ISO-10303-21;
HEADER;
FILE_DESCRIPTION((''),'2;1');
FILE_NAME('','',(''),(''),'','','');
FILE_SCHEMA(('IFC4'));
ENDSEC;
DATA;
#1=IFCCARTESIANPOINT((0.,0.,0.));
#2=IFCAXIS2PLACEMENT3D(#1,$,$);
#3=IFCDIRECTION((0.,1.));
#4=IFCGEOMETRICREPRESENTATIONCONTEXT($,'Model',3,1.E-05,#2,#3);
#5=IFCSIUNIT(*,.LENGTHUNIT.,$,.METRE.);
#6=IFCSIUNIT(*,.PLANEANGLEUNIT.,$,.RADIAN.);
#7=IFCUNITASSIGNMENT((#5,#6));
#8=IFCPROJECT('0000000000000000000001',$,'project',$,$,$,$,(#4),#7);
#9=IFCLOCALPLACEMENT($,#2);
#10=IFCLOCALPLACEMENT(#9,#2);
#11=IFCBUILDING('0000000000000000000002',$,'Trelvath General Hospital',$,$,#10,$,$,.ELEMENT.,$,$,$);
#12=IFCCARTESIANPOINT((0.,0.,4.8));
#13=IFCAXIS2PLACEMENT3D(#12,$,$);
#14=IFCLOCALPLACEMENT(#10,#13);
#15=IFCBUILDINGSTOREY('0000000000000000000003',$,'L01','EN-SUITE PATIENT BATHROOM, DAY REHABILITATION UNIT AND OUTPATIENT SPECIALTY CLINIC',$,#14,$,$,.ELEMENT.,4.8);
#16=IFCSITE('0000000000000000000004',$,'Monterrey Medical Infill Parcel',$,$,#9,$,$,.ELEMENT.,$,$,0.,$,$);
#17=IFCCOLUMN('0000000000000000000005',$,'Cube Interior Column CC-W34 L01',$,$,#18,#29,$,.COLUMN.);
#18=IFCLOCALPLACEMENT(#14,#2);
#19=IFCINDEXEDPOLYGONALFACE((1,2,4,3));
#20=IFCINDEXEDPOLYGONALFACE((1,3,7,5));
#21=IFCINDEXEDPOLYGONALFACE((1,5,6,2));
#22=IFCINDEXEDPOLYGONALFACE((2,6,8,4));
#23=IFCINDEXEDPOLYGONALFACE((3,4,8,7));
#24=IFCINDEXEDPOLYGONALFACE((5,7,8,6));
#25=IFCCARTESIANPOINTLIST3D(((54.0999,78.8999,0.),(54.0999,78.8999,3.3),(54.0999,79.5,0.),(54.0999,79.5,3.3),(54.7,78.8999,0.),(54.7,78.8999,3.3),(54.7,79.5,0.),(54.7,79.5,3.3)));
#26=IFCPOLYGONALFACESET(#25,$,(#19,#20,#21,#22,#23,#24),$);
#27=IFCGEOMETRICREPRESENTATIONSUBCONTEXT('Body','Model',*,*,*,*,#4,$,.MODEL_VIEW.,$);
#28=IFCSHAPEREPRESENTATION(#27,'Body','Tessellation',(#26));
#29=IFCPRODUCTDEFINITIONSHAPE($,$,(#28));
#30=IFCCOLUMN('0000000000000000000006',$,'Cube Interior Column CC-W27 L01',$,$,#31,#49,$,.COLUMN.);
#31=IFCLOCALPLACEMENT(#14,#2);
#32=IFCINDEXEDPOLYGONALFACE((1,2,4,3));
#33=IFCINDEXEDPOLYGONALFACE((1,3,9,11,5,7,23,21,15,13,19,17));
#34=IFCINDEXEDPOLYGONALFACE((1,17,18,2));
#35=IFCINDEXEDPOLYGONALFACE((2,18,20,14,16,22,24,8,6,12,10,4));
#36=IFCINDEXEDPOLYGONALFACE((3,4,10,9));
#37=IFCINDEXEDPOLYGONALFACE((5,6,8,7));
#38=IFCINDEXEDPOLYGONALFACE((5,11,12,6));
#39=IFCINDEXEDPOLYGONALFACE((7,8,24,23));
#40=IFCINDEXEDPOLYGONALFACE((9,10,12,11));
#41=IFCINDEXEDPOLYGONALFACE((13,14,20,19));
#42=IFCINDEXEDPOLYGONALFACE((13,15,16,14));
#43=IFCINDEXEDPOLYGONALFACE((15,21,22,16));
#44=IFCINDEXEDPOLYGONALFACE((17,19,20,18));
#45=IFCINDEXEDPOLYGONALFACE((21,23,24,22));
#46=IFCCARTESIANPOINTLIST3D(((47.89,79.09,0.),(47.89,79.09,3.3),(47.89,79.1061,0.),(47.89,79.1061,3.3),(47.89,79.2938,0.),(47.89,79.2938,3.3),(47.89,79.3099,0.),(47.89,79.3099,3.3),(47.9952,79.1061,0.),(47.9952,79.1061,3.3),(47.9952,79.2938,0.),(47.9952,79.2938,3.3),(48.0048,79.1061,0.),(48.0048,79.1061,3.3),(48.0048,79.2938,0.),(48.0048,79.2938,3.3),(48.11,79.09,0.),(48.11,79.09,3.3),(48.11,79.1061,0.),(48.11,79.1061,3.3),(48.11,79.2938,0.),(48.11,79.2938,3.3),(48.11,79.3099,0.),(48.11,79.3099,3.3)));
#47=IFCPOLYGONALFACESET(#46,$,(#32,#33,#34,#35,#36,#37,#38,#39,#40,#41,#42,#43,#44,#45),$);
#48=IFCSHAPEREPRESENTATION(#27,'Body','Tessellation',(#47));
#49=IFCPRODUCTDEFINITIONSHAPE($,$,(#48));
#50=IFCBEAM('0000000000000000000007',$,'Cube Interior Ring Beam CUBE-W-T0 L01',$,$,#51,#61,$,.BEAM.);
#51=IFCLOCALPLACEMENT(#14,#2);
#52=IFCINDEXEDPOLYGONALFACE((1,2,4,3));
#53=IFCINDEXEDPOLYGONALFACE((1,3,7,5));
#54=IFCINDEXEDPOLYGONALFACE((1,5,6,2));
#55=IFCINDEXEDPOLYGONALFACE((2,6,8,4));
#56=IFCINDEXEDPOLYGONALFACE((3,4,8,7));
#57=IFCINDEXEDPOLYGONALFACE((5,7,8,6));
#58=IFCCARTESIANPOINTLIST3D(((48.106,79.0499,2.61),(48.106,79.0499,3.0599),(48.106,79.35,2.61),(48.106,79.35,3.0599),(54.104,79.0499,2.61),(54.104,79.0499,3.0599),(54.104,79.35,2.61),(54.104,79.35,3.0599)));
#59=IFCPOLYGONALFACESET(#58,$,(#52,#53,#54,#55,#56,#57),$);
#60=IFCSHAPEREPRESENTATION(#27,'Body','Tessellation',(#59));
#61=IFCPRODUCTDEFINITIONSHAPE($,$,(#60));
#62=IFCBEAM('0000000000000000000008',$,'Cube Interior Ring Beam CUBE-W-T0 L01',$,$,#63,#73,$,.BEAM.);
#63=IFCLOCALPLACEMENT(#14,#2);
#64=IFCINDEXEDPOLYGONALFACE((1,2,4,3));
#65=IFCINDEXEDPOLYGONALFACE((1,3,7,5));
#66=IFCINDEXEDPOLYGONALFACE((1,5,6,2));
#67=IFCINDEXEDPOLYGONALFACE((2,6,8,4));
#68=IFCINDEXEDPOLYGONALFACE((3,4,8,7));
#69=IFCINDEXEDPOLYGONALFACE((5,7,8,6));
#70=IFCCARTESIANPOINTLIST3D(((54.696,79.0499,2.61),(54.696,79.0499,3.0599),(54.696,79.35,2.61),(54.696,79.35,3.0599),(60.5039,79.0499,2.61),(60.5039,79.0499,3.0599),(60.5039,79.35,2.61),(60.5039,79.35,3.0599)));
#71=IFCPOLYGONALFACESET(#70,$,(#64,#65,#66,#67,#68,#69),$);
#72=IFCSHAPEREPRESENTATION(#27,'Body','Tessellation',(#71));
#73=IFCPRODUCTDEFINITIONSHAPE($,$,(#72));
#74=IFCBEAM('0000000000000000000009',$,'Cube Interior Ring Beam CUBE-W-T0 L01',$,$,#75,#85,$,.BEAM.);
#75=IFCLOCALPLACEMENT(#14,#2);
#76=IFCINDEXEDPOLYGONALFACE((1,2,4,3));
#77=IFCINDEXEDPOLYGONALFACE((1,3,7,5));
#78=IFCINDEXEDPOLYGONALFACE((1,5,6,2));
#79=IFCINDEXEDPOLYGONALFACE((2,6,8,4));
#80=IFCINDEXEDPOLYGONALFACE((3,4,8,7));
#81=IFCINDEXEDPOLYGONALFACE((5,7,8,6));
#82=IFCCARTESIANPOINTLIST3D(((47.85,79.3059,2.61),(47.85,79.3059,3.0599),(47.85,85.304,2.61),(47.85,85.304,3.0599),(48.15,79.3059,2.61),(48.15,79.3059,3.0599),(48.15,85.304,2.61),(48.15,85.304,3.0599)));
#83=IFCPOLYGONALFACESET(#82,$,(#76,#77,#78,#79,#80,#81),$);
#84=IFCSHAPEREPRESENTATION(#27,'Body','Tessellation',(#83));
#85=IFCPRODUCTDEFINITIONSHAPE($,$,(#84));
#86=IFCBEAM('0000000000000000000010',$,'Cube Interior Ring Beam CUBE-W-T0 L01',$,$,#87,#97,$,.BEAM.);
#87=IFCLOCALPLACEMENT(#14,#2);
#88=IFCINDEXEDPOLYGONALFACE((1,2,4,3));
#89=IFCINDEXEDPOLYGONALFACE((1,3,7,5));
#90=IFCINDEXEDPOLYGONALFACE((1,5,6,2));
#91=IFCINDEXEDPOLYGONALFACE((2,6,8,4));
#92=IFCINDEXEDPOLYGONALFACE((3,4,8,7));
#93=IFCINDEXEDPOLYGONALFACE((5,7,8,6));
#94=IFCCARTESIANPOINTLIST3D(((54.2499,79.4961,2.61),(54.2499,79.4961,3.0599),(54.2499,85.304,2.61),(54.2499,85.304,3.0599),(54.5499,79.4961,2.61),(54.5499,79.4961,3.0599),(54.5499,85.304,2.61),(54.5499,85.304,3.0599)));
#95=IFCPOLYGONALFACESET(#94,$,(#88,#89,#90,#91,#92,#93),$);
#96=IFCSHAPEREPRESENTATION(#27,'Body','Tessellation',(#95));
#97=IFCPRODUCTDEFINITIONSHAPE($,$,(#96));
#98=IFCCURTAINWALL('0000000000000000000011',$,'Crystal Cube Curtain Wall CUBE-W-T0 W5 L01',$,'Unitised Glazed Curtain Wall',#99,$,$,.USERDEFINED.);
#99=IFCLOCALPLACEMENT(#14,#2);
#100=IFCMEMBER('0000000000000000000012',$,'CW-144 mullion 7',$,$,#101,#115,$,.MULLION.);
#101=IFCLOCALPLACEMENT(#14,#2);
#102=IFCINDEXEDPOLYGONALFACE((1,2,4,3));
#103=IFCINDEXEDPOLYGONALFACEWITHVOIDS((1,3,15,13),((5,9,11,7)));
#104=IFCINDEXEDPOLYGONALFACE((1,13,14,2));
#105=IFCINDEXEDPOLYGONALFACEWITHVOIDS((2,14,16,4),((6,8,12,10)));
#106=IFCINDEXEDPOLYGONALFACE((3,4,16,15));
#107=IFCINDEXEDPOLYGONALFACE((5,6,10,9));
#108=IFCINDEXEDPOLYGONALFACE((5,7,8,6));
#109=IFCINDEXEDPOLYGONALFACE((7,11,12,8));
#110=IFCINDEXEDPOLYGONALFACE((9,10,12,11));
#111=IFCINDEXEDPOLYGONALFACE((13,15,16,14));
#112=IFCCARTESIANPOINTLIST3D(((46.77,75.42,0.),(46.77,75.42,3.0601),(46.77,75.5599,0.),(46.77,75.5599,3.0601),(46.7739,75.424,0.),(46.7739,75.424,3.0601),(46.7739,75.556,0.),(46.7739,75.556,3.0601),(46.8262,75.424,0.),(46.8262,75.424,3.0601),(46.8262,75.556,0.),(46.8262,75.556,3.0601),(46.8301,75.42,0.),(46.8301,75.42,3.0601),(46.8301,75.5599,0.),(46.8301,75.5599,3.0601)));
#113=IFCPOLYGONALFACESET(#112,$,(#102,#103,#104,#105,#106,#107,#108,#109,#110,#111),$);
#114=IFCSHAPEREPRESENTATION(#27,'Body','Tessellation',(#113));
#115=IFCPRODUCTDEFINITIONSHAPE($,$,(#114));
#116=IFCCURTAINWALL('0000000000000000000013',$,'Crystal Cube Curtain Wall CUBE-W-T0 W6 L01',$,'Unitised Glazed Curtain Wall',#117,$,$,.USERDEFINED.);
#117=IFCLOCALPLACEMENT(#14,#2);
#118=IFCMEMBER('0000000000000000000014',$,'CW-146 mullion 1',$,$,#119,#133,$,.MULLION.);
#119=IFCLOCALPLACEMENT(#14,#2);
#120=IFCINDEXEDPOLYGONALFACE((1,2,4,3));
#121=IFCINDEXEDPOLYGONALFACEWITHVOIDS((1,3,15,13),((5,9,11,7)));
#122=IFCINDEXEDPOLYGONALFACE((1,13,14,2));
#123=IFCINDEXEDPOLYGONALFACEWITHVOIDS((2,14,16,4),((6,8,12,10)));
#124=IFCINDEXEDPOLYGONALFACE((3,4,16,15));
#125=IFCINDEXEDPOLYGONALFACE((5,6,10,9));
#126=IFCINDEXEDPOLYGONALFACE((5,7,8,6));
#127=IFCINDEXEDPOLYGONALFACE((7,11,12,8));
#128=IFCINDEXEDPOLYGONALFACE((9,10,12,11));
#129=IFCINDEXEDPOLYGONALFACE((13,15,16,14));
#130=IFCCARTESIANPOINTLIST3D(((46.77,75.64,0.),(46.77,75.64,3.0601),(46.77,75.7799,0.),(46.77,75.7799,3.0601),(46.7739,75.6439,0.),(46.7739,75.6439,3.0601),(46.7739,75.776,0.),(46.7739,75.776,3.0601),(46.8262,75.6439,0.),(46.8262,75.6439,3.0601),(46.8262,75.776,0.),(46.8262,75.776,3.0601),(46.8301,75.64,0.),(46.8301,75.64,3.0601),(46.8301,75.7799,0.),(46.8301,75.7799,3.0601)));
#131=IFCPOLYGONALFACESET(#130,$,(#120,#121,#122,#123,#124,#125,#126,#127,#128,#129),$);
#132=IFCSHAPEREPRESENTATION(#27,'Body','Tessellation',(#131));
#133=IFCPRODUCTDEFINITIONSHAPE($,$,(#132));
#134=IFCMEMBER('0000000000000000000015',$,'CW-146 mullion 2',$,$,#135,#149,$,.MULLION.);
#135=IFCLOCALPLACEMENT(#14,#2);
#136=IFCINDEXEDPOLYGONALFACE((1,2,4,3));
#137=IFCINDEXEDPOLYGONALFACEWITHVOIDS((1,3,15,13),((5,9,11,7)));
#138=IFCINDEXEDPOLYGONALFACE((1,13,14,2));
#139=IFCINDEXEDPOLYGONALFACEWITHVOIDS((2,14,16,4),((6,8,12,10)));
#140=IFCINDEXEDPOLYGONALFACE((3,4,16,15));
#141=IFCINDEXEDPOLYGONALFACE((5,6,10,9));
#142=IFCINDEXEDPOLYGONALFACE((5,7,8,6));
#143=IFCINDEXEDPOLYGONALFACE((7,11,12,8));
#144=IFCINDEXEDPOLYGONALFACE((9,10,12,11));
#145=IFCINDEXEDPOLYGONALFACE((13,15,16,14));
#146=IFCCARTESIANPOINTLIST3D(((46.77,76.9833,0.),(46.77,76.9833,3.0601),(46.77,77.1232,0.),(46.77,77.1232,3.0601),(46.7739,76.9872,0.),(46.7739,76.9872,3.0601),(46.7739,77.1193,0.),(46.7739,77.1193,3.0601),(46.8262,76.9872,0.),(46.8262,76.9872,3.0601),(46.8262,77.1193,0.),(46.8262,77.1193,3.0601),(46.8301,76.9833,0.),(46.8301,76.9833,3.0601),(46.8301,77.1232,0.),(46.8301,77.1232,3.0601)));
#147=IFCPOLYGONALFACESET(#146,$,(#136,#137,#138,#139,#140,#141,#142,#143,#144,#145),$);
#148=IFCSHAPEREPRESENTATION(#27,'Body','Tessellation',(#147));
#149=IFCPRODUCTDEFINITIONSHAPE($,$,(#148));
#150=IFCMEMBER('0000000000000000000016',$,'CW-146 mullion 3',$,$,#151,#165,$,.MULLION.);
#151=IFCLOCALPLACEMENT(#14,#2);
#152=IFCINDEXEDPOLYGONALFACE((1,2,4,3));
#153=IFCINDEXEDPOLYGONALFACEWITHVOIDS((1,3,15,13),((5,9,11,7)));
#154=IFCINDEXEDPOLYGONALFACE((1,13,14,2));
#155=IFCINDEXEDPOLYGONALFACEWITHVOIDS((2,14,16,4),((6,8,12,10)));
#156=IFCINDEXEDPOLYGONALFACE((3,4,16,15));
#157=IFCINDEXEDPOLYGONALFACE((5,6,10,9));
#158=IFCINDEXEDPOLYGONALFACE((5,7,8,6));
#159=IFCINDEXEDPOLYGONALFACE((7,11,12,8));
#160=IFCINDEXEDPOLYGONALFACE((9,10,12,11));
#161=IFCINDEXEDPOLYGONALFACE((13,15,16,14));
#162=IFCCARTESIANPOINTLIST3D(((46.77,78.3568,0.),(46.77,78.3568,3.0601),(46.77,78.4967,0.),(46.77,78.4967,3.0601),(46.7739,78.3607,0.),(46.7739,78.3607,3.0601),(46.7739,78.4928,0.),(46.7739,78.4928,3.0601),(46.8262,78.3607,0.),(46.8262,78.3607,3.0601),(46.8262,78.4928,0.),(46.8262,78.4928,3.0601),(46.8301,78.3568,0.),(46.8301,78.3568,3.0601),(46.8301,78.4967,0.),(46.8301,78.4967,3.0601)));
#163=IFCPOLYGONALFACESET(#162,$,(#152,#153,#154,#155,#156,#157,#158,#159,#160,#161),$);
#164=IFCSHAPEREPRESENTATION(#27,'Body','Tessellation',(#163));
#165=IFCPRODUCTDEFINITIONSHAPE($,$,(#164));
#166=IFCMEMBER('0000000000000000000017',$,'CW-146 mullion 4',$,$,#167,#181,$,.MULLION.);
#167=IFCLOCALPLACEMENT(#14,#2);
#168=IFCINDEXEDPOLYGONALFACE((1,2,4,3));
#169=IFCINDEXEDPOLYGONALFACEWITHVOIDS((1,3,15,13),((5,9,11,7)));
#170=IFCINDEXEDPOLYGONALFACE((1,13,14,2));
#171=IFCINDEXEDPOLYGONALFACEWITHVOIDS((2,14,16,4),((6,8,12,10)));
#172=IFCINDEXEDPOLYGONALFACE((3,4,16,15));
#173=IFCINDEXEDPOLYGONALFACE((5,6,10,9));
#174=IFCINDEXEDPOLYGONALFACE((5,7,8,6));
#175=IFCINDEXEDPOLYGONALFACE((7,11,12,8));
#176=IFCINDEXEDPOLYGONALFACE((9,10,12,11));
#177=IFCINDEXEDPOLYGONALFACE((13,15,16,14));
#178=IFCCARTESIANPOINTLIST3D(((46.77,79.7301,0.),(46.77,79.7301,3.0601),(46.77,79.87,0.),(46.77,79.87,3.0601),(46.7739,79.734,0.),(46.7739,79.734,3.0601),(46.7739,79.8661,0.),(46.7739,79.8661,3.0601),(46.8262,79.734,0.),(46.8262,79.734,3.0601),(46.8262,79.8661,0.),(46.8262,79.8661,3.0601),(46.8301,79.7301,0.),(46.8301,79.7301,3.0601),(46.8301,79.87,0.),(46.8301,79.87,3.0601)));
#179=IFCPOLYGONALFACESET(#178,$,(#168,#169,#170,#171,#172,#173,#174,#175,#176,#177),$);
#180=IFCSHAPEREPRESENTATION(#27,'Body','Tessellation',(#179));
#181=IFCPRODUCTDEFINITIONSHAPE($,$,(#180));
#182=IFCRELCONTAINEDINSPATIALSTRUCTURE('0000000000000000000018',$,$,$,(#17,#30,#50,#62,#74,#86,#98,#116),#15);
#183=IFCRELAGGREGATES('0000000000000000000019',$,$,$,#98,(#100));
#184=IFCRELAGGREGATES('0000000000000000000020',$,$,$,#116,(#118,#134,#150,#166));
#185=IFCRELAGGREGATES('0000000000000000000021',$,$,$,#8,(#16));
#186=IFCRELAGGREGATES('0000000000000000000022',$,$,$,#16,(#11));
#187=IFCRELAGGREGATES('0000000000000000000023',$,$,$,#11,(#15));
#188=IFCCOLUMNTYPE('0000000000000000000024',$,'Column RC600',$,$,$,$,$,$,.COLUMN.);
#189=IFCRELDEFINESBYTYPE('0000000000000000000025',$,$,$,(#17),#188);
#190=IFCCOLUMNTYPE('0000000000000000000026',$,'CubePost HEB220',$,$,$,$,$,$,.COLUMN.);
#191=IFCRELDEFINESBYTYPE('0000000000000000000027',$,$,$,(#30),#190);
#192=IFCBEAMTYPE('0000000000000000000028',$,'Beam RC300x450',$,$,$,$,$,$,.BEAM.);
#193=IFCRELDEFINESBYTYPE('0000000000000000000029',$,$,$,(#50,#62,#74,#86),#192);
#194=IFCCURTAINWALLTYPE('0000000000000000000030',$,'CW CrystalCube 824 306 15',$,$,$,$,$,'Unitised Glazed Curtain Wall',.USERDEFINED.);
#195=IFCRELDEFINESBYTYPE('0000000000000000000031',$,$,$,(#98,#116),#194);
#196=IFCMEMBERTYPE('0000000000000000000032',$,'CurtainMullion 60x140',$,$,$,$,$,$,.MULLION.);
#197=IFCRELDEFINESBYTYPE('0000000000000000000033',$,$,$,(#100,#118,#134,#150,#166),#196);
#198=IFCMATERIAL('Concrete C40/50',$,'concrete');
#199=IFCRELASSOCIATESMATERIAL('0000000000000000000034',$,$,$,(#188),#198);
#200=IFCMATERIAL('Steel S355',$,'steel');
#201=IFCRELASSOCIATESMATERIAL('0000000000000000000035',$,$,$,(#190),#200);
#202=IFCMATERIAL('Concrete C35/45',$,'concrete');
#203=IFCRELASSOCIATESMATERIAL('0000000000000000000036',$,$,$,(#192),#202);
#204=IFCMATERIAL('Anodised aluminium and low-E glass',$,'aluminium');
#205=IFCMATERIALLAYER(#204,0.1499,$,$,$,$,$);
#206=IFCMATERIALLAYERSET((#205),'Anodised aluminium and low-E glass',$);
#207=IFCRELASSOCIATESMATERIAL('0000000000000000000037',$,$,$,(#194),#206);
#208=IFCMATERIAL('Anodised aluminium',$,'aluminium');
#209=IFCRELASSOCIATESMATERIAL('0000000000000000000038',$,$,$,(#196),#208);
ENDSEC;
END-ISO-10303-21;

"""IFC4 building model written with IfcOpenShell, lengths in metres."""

from ifc_helpers import new_model, si_unit, direction, frame, origin, origin_2d, place, context, subcontext, project, spatial, rectangle, hollow_rectangle, i_section, extrude, material, layer, layer_set, material_profile, profile_set, type_object, element, aggregate, save


model = new_model("IFC4")

# Units and contexts
model_context = context("Model", 3, precision=1e-05, world=origin(), true_north=direction((0.0, 1.0)))
body_context = subcontext(model_context, "Body", "Model", "MODEL_VIEW")
ifc_project = project(units=[si_unit("LENGTHUNIT", "METRE"), si_unit("PLANEANGLEUNIT", "RADIAN")], contexts=[model_context])

# Site, building, storey
site_placement = place(None, origin())
site = spatial("IfcSite", under=ifc_project, at=site_placement, Name="Monterrey Medical Infill Parcel", CompositionType="ELEMENT", RefElevation=0.0)
building_placement = place(site_placement, origin())
building = spatial("IfcBuilding", under=site, at=building_placement, Name="Trelvath General Hospital", CompositionType="ELEMENT")
storey_placement = place(building_placement, frame((0.0, 0.0, 4.8)))
storey = spatial("IfcBuildingStorey", under=building, at=storey_placement, Name="L01", Description="EN-SUITE PATIENT BATHROOM, DAY REHABILITATION UNIT AND OUTPATIENT SPECIALTY CLINIC", CompositionType="ELEMENT", Elevation=4.8)

# Columns
ifc_material_1 = material(Name="Concrete C40/50", Category="concrete")
ifc_material_profile_1 = material_profile(ifc_material_1, rectangle(XDim=0.6001, YDim=0.6001, at=origin_2d()), Name="RC600x600")
ifc_profile_set_1 = profile_set([ifc_material_profile_1], Name="Concrete C40/50")
column_type_1 = type_object("IfcColumnType", Name="Column RC600", PredefinedType="COLUMN", material=ifc_profile_set_1)
column_1_placement = place(storey_placement, frame((54.3999, 79.2, 0.0), z_axis=(0.0, 0.0, 1.0), x_axis=(1.0, 0.0, 0.0)))
element("IfcColumn", 1, at=column_1_placement, inside=storey, type_object=column_type_1, Name="Cube Interior Column CC-W34 L01", PredefinedType="COLUMN", context=body_context, shape_type="SweptSolid", body=[
    extrude(rectangle(XDim=0.6001, YDim=0.6001, at=origin_2d()), origin(), (0.0, 0.0, 1.0), 3.3),
])
ifc_material_2 = material(Name="Steel S355", Category="steel")
ifc_material_profile_2 = material_profile(ifc_material_2, i_section(OverallWidth=0.22, OverallDepth=0.22, WebThickness=0.0095, FlangeThickness=0.0161, at=origin_2d()), Name="HEB220")
ifc_profile_set_2 = profile_set([ifc_material_profile_2], Name="Steel S355")
column_type_2 = type_object("IfcColumnType", Name="CubePost HEB220", PredefinedType="COLUMN", material=ifc_profile_set_2)
column_2_placement = place(storey_placement, frame((48.0, 79.2, 0.0), z_axis=(0.0, 0.0, 1.0), x_axis=(1.0, 0.0, 0.0)))
element("IfcColumn", 2, at=column_2_placement, inside=storey, type_object=column_type_2, Name="Cube Interior Column CC-W27 L01", PredefinedType="COLUMN", context=body_context, shape_type="SweptSolid", body=[
    extrude(i_section(OverallWidth=0.22, OverallDepth=0.22, WebThickness=0.0095, FlangeThickness=0.0161, at=origin_2d()), origin(), (0.0, 0.0, 1.0), 3.3),
])

# Beams
ifc_material_3 = material(Name="Concrete C35/45", Category="concrete")
ifc_material_profile_3 = material_profile(ifc_material_3, rectangle(XDim=0.3, YDim=0.45, at=origin_2d()), Name="RCB300x450")
ifc_profile_set_3 = profile_set([ifc_material_profile_3], Name="Concrete C35/45")
beam_type = type_object("IfcBeamType", Name="Beam RC300x450", PredefinedType="BEAM", material=ifc_profile_set_3)
beam_1_placement = place(storey_placement, frame((48.106, 79.2, 2.835), z_axis=(1.0, 0.0, 0.0), x_axis=(0.0, 1.0, 0.0)))
element("IfcBeam", 3, at=beam_1_placement, inside=storey, type_object=beam_type, Name="Cube Interior Ring Beam CUBE-W-T0 L01", PredefinedType="BEAM", context=body_context, shape_type="SweptSolid", body=[
    extrude(rectangle(XDim=0.3, YDim=0.45, at=origin_2d()), origin(), (0.0, 0.0, 1.0), 5.998),
])
beam_2_placement = place(storey_placement, frame((54.696, 79.2, 2.835), z_axis=(1.0, 0.0, 0.0), x_axis=(0.0, 1.0, 0.0)))
element("IfcBeam", 4, at=beam_2_placement, inside=storey, type_object=beam_type, Name="Cube Interior Ring Beam CUBE-W-T0 L01", PredefinedType="BEAM", context=body_context, shape_type="SweptSolid", body=[
    extrude(rectangle(XDim=0.3, YDim=0.45, at=origin_2d()), origin(), (0.0, 0.0, 1.0), 5.8079),
])
beam_3_placement = place(storey_placement, frame((48.0, 79.3059, 2.835), z_axis=(0.0, 1.0, 0.0), x_axis=(-1.0, 0.0, 0.0)))
element("IfcBeam", 5, at=beam_3_placement, inside=storey, type_object=beam_type, Name="Cube Interior Ring Beam CUBE-W-T0 L01", PredefinedType="BEAM", context=body_context, shape_type="SweptSolid", body=[
    extrude(rectangle(XDim=0.3, YDim=0.45, at=origin_2d()), origin(), (0.0, 0.0, 1.0), 5.998),
])
beam_4_placement = place(storey_placement, frame((54.3999, 79.4961, 2.835), z_axis=(0.0, 1.0, 0.0), x_axis=(-1.0, 0.0, 0.0)))
element("IfcBeam", 6, at=beam_4_placement, inside=storey, type_object=beam_type, Name="Cube Interior Ring Beam CUBE-W-T0 L01", PredefinedType="BEAM", context=body_context, shape_type="SweptSolid", body=[
    extrude(rectangle(XDim=0.3, YDim=0.45, at=origin_2d()), origin(), (0.0, 0.0, 1.0), 5.8079),
])

# Curtain wall, member
ifc_material_4 = material(Name="Anodised aluminium and low-E glass", Category="aluminium")
ifc_layer_1 = layer(ifc_material_4, 0.1499)
ifc_layer_set_1 = layer_set([ifc_layer_1], Name="Anodised aluminium and low-E glass")
curtain_wall_type = type_object("IfcCurtainWallType", Name="CW CrystalCube 824 306 15", ElementType="Unitised Glazed Curtain Wall", PredefinedType="USERDEFINED", material=ifc_layer_set_1)
curtain_wall_1_placement = place(storey_placement, origin())
curtain_wall_1 = element("IfcCurtainWall", 7, at=curtain_wall_1_placement, inside=storey, type_object=curtain_wall_type, Name="Crystal Cube Curtain Wall CUBE-W-T0 W5 L01", ObjectType="Unitised Glazed Curtain Wall", PredefinedType="USERDEFINED")
ifc_material_5 = material(Name="Anodised aluminium", Category="aluminium")
ifc_material_profile_4 = material_profile(ifc_material_5, hollow_rectangle(XDim=0.0601, YDim=0.1399, WallThickness=0.0039, at=origin_2d()), Name="RHS60x140x4")
ifc_profile_set_4 = profile_set([ifc_material_profile_4], Name="Anodised aluminium")
member_type_1 = type_object("IfcMemberType", Name="CurtainMullion 60x140", PredefinedType="MULLION", material=ifc_profile_set_4)
member_1_placement = place(storey_placement, frame((46.8, 75.49, 0.0), z_axis=(0.0, 0.0, 1.0), x_axis=(-1.0, 0.0, 0.0)))
member_1 = element("IfcMember", 8, at=member_1_placement, type_object=member_type_1, Name="CW-144 mullion 7", PredefinedType="MULLION", context=body_context, shape_type="SweptSolid", body=[
    extrude(hollow_rectangle(XDim=0.0601, YDim=0.1399, WallThickness=0.0039, at=origin_2d()), origin(), (0.0, 0.0, 1.0), 3.0601),
])

# Curtain wall, members
curtain_wall_2_placement = place(storey_placement, origin())
curtain_wall_2 = element("IfcCurtainWall", 9, at=curtain_wall_2_placement, inside=storey, type_object=curtain_wall_type, Name="Crystal Cube Curtain Wall CUBE-W-T0 W6 L01", ObjectType="Unitised Glazed Curtain Wall", PredefinedType="USERDEFINED")
member_2_placement = place(storey_placement, frame((46.8, 75.71, 0.0), z_axis=(0.0, 0.0, 1.0), x_axis=(-1.0, 0.0, 0.0)))
member_2 = element("IfcMember", 10, at=member_2_placement, type_object=member_type_1, Name="CW-146 mullion 1", PredefinedType="MULLION", context=body_context, shape_type="SweptSolid", body=[
    extrude(hollow_rectangle(XDim=0.0601, YDim=0.1399, WallThickness=0.0039, at=origin_2d()), origin(), (0.0, 0.0, 1.0), 3.0601),
])
member_3_placement = place(storey_placement, frame((46.8, 77.0532, 0.0), z_axis=(0.0, 0.0, 1.0), x_axis=(-1.0, 0.0, 0.0)))
member_3 = element("IfcMember", 11, at=member_3_placement, type_object=member_type_1, Name="CW-146 mullion 2", PredefinedType="MULLION", context=body_context, shape_type="SweptSolid", body=[
    extrude(hollow_rectangle(XDim=0.0601, YDim=0.1399, WallThickness=0.0039, at=origin_2d()), origin(), (0.0, 0.0, 1.0), 3.0601),
])
member_4_placement = place(storey_placement, frame((46.8, 78.4268, 0.0), z_axis=(0.0, 0.0, 1.0), x_axis=(-1.0, 0.0, 0.0)))
member_4 = element("IfcMember", 12, at=member_4_placement, type_object=member_type_1, Name="CW-146 mullion 3", PredefinedType="MULLION", context=body_context, shape_type="SweptSolid", body=[
    extrude(hollow_rectangle(XDim=0.0601, YDim=0.1399, WallThickness=0.0039, at=origin_2d()), origin(), (0.0, 0.0, 1.0), 3.0601),
])
member_5_placement = place(storey_placement, frame((46.8, 79.8, 0.0), z_axis=(0.0, 0.0, 1.0), x_axis=(-1.0, 0.0, 0.0)))
member_5 = element("IfcMember", 13, at=member_5_placement, type_object=member_type_1, Name="CW-146 mullion 4", PredefinedType="MULLION", context=body_context, shape_type="SweptSolid", body=[
    extrude(hollow_rectangle(XDim=0.0601, YDim=0.1399, WallThickness=0.0039, at=origin_2d()), origin(), (0.0, 0.0, 1.0), 3.0601),
])

aggregate(curtain_wall_1, [member_1])
aggregate(curtain_wall_2, [member_2, member_3, member_4, member_5])

save(model, "model.ifc")
